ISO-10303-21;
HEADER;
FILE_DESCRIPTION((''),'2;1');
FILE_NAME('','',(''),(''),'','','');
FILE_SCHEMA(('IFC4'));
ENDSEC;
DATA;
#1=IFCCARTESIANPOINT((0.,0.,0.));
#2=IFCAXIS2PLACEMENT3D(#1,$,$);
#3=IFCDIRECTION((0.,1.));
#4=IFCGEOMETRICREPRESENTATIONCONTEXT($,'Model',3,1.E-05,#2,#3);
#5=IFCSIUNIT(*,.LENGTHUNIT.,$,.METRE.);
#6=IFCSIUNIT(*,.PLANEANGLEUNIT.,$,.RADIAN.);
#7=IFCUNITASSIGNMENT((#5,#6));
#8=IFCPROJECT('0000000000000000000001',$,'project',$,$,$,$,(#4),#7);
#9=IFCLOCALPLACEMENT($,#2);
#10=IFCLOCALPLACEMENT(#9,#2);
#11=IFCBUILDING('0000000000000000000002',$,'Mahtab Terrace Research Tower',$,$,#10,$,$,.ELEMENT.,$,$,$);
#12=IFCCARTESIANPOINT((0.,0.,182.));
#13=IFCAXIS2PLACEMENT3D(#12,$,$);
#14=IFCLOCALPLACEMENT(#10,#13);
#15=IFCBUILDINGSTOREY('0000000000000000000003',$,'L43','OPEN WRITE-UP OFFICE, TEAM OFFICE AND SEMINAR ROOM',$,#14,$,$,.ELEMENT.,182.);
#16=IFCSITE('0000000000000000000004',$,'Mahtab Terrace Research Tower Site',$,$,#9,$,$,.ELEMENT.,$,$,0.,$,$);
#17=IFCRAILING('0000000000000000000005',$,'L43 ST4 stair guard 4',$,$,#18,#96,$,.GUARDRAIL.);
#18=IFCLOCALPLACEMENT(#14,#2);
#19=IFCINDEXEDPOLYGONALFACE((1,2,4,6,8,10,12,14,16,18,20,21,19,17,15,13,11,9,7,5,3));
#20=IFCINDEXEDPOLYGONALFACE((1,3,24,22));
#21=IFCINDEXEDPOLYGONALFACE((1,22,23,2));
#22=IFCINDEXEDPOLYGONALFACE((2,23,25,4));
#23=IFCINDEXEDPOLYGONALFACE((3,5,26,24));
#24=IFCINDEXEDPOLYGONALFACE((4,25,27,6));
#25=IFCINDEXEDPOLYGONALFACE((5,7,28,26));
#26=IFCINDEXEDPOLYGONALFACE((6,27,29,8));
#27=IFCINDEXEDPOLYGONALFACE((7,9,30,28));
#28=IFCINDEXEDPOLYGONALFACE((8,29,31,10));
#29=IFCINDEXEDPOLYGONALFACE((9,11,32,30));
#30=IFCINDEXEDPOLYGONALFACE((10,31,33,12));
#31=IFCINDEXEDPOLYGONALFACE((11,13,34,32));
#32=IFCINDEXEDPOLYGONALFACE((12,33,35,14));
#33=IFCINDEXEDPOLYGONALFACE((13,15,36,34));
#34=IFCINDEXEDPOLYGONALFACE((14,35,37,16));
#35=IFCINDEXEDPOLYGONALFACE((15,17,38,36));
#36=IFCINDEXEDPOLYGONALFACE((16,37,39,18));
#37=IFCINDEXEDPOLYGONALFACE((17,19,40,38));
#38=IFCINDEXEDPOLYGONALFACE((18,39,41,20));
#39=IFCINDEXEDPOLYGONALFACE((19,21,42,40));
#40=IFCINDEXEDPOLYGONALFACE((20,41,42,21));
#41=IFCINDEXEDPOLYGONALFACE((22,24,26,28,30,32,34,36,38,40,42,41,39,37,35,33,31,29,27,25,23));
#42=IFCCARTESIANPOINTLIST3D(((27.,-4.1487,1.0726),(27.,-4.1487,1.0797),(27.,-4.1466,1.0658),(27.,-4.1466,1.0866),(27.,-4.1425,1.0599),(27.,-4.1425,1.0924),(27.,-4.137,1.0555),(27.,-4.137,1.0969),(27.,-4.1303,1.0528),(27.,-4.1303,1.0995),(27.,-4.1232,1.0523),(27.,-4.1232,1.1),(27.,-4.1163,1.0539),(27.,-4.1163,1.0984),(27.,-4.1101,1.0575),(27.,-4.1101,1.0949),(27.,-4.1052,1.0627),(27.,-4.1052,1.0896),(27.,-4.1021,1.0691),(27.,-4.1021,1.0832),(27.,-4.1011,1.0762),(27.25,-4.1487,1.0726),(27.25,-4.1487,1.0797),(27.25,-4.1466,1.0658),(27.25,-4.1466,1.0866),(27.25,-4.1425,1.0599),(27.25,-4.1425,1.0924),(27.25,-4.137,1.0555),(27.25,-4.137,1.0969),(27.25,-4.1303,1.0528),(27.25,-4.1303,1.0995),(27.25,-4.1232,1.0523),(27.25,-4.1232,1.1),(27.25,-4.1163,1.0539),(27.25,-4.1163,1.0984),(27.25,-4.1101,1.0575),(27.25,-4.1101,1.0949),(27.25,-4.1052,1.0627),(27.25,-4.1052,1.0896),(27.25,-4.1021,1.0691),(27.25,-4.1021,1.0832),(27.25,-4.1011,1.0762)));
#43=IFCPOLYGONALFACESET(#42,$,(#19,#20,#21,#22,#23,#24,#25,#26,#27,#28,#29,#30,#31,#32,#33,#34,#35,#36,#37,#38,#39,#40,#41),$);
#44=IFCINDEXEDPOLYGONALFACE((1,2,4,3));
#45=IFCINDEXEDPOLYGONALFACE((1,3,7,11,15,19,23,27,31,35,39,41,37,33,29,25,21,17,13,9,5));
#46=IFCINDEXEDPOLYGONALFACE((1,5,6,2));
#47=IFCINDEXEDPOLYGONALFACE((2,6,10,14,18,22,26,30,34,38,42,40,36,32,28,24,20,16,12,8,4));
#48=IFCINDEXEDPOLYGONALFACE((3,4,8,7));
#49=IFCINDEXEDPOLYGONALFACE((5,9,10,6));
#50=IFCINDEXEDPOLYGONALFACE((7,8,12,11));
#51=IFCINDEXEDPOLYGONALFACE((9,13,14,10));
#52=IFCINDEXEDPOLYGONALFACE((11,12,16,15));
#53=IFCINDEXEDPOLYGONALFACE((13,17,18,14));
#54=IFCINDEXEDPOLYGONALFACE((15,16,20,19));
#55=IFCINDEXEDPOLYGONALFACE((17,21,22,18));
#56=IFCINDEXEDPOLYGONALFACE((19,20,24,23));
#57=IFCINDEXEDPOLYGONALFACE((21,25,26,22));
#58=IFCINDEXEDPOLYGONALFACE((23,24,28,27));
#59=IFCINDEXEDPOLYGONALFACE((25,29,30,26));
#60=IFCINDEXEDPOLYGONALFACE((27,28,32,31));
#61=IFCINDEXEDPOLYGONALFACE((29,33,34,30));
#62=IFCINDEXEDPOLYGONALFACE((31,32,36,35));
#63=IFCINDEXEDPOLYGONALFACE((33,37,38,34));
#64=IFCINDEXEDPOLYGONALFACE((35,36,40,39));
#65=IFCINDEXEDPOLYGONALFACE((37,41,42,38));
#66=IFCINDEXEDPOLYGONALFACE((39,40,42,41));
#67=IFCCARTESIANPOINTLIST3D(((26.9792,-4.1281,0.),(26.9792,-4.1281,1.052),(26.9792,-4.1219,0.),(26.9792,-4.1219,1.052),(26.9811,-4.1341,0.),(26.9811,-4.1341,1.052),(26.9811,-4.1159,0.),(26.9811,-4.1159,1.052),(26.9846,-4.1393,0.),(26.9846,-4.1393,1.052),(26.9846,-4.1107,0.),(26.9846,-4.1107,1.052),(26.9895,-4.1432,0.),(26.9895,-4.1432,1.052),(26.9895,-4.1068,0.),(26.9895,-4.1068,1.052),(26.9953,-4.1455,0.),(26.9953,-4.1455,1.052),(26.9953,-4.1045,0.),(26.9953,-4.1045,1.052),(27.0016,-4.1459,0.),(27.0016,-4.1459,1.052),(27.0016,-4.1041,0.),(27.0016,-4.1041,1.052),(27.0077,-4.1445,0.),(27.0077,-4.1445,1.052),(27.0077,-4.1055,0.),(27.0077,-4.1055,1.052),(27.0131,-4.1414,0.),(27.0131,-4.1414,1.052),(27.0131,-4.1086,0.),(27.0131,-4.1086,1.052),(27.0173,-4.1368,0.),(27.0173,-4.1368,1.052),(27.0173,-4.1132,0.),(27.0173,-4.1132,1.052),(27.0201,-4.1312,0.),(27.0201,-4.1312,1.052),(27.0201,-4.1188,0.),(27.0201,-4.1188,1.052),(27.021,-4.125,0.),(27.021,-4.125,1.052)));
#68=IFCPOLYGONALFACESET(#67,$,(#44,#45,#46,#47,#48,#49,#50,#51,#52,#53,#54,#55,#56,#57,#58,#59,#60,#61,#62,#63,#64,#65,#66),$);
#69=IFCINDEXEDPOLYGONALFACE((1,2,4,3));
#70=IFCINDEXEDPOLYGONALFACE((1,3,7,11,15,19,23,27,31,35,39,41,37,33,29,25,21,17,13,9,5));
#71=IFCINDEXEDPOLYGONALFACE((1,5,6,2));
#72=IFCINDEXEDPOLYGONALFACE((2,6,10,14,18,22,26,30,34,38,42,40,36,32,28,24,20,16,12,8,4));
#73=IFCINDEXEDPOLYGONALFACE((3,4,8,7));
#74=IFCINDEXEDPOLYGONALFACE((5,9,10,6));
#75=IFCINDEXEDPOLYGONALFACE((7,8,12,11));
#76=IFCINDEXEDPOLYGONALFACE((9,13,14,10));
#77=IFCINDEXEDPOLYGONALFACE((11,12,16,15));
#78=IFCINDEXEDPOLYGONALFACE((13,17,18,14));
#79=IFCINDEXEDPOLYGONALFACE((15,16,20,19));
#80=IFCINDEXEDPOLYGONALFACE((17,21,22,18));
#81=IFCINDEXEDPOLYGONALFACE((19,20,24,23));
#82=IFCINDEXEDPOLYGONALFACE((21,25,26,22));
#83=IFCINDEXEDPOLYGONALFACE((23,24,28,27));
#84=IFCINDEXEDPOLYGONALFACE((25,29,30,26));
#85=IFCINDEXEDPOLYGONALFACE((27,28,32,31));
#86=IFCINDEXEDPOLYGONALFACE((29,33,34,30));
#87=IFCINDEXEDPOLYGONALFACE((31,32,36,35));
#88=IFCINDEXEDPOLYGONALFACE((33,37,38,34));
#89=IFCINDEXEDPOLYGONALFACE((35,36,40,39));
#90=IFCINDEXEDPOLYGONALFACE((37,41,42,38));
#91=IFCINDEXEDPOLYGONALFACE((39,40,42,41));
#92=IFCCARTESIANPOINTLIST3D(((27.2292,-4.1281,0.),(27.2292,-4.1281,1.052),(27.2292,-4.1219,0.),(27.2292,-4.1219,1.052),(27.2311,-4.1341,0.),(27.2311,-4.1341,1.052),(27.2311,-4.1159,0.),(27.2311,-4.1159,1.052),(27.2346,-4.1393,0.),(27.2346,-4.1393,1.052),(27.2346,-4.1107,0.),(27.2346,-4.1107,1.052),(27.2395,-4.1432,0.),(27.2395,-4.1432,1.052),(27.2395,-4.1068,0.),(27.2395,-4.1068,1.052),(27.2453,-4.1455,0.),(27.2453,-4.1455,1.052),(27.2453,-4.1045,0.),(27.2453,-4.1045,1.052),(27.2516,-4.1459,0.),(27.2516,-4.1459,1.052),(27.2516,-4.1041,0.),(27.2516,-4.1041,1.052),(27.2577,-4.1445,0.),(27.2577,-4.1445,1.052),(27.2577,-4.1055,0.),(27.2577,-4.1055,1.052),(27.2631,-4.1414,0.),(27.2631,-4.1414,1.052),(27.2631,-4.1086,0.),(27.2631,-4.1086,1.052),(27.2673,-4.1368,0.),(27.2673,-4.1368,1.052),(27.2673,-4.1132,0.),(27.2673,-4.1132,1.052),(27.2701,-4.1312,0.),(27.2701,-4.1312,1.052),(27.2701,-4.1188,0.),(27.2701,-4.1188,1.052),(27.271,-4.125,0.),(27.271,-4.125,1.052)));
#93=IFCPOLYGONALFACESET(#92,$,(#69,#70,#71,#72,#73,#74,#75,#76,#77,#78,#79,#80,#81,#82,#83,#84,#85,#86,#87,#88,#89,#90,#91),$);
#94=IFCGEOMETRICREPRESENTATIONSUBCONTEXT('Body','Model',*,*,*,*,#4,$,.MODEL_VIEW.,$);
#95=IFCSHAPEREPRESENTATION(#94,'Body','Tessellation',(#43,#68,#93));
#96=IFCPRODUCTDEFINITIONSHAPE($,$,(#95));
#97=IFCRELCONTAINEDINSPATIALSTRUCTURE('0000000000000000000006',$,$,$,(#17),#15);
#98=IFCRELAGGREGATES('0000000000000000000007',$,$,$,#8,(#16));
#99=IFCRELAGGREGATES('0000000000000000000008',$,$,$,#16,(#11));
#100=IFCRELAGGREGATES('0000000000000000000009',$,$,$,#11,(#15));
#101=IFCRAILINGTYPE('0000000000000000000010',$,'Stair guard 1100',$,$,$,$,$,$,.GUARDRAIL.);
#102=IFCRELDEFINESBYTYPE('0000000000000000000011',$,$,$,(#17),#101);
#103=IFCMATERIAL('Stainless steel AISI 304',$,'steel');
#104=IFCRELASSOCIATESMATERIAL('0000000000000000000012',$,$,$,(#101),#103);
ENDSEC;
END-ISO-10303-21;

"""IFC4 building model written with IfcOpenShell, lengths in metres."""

from ifc_helpers import new_model, si_unit, direction, frame, origin, origin_2d, place, context, subcontext, project, spatial, circle, extrude, material, type_object, element, save


model = new_model("IFC4")

# Units and contexts
model_context = context("Model", 3, precision=1e-05, world=origin(), true_north=direction((0.0, 1.0)))
body_context = subcontext(model_context, "Body", "Model", "MODEL_VIEW")
ifc_project = project(units=[si_unit("LENGTHUNIT", "METRE"), si_unit("PLANEANGLEUNIT", "RADIAN")], contexts=[model_context])

# Site, building, storey
site_placement = place(None, origin())
site = spatial("IfcSite", under=ifc_project, at=site_placement, Name="Mahtab Terrace Research Tower Site", CompositionType="ELEMENT", RefElevation=0.0)
building_placement = place(site_placement, origin())
building = spatial("IfcBuilding", under=site, at=building_placement, Name="Mahtab Terrace Research Tower", CompositionType="ELEMENT")
storey_placement = place(building_placement, frame((0.0, 0.0, 182.0)))
storey = spatial("IfcBuildingStorey", under=building, at=storey_placement, Name="L43", Description="OPEN WRITE-UP OFFICE, TEAM OFFICE AND SEMINAR ROOM", CompositionType="ELEMENT", Elevation=182.0)

# Railing
ifc_material_1 = material(Name="Stainless steel AISI 304", Category="steel")
railing_type_1 = type_object("IfcRailingType", Name="Stair guard 1100", PredefinedType="GUARDRAIL", material=ifc_material_1)
railing_1_placement = place(storey_placement, frame((27.0, -4.125, 0.0)))
element("IfcRailing", 1, at=railing_1_placement, inside=storey, type_object=railing_type_1, Name="L43 ST4 stair guard 4", PredefinedType="GUARDRAIL", context=body_context, shape_type="SweptSolid", body=[
    extrude(circle(Radius=0.0239, at=origin_2d()), frame((0.0, 0.0, 1.0762), z_axis=(1.0, 0.0, 0.0), x_axis=(0.0, 1.0, 0.0)), (0.0, 0.0, 1.0), 0.25),
    extrude(circle(Radius=0.021, at=origin_2d()), origin(), (0.0, 0.0, 1.0), 1.052),
    extrude(circle(Radius=0.021, at=origin_2d()), frame((0.25, 0.0, 0.0)), (0.0, 0.0, 1.0), 1.052),
])

save(model, "model.ifc")
